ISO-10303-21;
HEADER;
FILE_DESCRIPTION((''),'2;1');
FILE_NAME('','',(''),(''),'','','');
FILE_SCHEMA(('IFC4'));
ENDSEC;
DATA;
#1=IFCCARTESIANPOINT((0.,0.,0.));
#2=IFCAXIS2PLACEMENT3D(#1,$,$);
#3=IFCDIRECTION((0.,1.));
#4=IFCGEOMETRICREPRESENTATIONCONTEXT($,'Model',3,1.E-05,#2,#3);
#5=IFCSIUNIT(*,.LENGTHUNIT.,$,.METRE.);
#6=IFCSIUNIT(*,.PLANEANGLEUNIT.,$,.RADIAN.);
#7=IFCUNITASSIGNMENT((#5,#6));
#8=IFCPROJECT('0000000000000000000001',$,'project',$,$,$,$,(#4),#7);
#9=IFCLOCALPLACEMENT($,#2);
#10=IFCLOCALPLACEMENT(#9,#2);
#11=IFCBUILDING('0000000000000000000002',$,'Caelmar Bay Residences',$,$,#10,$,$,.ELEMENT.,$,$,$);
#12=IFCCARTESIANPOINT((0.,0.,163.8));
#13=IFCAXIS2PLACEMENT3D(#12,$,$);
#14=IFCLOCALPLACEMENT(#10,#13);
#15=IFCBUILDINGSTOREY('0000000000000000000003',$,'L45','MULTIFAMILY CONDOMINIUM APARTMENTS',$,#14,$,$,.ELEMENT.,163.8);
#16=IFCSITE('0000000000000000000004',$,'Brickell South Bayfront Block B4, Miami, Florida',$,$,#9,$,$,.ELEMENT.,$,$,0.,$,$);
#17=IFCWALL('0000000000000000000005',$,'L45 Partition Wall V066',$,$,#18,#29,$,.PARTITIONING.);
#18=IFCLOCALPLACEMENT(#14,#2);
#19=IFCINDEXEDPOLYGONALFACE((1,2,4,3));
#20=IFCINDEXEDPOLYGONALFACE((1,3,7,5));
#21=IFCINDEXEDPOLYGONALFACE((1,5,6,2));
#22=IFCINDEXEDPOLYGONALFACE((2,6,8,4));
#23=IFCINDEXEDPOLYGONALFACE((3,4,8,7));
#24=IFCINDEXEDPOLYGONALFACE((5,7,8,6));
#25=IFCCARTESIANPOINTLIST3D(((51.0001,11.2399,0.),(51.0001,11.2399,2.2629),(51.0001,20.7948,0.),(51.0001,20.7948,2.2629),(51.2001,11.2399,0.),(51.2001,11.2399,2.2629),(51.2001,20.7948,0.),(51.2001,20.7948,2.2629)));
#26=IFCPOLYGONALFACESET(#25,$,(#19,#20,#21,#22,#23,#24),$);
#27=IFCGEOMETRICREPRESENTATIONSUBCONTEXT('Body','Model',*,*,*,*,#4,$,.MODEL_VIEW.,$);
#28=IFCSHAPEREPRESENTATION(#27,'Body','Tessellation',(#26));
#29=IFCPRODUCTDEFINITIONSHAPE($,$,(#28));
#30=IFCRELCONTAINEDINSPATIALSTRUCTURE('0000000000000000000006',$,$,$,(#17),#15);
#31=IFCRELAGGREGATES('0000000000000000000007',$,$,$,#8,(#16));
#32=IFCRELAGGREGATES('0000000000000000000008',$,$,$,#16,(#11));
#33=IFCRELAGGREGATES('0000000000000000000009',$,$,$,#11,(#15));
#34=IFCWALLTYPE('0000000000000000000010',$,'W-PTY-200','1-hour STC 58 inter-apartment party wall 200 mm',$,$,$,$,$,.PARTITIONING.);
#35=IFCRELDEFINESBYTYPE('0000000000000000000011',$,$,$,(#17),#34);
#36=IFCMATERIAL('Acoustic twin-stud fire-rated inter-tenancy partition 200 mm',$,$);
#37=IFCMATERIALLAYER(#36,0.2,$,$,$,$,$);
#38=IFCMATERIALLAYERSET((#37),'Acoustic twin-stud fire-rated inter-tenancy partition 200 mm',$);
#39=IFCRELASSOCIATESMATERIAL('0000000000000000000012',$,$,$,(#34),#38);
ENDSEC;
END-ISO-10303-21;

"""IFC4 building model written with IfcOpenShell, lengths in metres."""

from ifc_helpers import new_model, si_unit, direction, frame, frame_2d, origin, place, context, subcontext, project, spatial, rectangle, extrude, material, layer, layer_set, type_object, element, save


model = new_model("IFC4")

# Units and contexts
model_context = context("Model", 3, precision=1e-05, world=origin(), true_north=direction((0.0, 1.0)))
body_context = subcontext(model_context, "Body", "Model", "MODEL_VIEW")
ifc_project = project(units=[si_unit("LENGTHUNIT", "METRE"), si_unit("PLANEANGLEUNIT", "RADIAN")], contexts=[model_context])

# Site, building, storey
site_placement = place(None, origin())
site = spatial("IfcSite", under=ifc_project, at=site_placement, Name="Brickell South Bayfront Block B4, Miami, Florida", CompositionType="ELEMENT", RefElevation=0.0)
building_placement = place(site_placement, origin())
building = spatial("IfcBuilding", under=site, at=building_placement, Name="Caelmar Bay Residences", CompositionType="ELEMENT")
storey_placement = place(building_placement, frame((0.0, 0.0, 163.8)))
storey = spatial("IfcBuildingStorey", under=building, at=storey_placement, Name="L45", Description="MULTIFAMILY CONDOMINIUM APARTMENTS", CompositionType="ELEMENT", Elevation=163.8)

# Wall
ifc_material_1 = material(Name="Acoustic twin-stud fire-rated inter-tenancy partition 200 mm")
ifc_layer_1 = layer(ifc_material_1, 0.2)
ifc_layer_set_1 = layer_set([ifc_layer_1], Name="Acoustic twin-stud fire-rated inter-tenancy partition 200 mm")
wall_type_1 = type_object("IfcWallType", Name="W-PTY-200", Description="1-hour STC 58 inter-apartment party wall 200 mm", PredefinedType="PARTITIONING", material=ifc_layer_set_1)
wall_1_placement = place(storey_placement, frame((51.1001, 11.24, 0.0), z_axis=(0.0, 0.0, 1.0), x_axis=(0.0, 1.0, 0.0)))
element("IfcWall", 1, at=wall_1_placement, inside=storey, type_object=wall_type_1, Name="L45 Partition Wall V066", PredefinedType="PARTITIONING", context=body_context, shape_type="SweptSolid", body=[
    extrude(rectangle(XDim=9.5549, YDim=0.2, at=frame_2d((4.7773, 0.0))), origin(), (0.0, 0.0, 1.0), 2.2629),
])

save(model, "model.ifc")
